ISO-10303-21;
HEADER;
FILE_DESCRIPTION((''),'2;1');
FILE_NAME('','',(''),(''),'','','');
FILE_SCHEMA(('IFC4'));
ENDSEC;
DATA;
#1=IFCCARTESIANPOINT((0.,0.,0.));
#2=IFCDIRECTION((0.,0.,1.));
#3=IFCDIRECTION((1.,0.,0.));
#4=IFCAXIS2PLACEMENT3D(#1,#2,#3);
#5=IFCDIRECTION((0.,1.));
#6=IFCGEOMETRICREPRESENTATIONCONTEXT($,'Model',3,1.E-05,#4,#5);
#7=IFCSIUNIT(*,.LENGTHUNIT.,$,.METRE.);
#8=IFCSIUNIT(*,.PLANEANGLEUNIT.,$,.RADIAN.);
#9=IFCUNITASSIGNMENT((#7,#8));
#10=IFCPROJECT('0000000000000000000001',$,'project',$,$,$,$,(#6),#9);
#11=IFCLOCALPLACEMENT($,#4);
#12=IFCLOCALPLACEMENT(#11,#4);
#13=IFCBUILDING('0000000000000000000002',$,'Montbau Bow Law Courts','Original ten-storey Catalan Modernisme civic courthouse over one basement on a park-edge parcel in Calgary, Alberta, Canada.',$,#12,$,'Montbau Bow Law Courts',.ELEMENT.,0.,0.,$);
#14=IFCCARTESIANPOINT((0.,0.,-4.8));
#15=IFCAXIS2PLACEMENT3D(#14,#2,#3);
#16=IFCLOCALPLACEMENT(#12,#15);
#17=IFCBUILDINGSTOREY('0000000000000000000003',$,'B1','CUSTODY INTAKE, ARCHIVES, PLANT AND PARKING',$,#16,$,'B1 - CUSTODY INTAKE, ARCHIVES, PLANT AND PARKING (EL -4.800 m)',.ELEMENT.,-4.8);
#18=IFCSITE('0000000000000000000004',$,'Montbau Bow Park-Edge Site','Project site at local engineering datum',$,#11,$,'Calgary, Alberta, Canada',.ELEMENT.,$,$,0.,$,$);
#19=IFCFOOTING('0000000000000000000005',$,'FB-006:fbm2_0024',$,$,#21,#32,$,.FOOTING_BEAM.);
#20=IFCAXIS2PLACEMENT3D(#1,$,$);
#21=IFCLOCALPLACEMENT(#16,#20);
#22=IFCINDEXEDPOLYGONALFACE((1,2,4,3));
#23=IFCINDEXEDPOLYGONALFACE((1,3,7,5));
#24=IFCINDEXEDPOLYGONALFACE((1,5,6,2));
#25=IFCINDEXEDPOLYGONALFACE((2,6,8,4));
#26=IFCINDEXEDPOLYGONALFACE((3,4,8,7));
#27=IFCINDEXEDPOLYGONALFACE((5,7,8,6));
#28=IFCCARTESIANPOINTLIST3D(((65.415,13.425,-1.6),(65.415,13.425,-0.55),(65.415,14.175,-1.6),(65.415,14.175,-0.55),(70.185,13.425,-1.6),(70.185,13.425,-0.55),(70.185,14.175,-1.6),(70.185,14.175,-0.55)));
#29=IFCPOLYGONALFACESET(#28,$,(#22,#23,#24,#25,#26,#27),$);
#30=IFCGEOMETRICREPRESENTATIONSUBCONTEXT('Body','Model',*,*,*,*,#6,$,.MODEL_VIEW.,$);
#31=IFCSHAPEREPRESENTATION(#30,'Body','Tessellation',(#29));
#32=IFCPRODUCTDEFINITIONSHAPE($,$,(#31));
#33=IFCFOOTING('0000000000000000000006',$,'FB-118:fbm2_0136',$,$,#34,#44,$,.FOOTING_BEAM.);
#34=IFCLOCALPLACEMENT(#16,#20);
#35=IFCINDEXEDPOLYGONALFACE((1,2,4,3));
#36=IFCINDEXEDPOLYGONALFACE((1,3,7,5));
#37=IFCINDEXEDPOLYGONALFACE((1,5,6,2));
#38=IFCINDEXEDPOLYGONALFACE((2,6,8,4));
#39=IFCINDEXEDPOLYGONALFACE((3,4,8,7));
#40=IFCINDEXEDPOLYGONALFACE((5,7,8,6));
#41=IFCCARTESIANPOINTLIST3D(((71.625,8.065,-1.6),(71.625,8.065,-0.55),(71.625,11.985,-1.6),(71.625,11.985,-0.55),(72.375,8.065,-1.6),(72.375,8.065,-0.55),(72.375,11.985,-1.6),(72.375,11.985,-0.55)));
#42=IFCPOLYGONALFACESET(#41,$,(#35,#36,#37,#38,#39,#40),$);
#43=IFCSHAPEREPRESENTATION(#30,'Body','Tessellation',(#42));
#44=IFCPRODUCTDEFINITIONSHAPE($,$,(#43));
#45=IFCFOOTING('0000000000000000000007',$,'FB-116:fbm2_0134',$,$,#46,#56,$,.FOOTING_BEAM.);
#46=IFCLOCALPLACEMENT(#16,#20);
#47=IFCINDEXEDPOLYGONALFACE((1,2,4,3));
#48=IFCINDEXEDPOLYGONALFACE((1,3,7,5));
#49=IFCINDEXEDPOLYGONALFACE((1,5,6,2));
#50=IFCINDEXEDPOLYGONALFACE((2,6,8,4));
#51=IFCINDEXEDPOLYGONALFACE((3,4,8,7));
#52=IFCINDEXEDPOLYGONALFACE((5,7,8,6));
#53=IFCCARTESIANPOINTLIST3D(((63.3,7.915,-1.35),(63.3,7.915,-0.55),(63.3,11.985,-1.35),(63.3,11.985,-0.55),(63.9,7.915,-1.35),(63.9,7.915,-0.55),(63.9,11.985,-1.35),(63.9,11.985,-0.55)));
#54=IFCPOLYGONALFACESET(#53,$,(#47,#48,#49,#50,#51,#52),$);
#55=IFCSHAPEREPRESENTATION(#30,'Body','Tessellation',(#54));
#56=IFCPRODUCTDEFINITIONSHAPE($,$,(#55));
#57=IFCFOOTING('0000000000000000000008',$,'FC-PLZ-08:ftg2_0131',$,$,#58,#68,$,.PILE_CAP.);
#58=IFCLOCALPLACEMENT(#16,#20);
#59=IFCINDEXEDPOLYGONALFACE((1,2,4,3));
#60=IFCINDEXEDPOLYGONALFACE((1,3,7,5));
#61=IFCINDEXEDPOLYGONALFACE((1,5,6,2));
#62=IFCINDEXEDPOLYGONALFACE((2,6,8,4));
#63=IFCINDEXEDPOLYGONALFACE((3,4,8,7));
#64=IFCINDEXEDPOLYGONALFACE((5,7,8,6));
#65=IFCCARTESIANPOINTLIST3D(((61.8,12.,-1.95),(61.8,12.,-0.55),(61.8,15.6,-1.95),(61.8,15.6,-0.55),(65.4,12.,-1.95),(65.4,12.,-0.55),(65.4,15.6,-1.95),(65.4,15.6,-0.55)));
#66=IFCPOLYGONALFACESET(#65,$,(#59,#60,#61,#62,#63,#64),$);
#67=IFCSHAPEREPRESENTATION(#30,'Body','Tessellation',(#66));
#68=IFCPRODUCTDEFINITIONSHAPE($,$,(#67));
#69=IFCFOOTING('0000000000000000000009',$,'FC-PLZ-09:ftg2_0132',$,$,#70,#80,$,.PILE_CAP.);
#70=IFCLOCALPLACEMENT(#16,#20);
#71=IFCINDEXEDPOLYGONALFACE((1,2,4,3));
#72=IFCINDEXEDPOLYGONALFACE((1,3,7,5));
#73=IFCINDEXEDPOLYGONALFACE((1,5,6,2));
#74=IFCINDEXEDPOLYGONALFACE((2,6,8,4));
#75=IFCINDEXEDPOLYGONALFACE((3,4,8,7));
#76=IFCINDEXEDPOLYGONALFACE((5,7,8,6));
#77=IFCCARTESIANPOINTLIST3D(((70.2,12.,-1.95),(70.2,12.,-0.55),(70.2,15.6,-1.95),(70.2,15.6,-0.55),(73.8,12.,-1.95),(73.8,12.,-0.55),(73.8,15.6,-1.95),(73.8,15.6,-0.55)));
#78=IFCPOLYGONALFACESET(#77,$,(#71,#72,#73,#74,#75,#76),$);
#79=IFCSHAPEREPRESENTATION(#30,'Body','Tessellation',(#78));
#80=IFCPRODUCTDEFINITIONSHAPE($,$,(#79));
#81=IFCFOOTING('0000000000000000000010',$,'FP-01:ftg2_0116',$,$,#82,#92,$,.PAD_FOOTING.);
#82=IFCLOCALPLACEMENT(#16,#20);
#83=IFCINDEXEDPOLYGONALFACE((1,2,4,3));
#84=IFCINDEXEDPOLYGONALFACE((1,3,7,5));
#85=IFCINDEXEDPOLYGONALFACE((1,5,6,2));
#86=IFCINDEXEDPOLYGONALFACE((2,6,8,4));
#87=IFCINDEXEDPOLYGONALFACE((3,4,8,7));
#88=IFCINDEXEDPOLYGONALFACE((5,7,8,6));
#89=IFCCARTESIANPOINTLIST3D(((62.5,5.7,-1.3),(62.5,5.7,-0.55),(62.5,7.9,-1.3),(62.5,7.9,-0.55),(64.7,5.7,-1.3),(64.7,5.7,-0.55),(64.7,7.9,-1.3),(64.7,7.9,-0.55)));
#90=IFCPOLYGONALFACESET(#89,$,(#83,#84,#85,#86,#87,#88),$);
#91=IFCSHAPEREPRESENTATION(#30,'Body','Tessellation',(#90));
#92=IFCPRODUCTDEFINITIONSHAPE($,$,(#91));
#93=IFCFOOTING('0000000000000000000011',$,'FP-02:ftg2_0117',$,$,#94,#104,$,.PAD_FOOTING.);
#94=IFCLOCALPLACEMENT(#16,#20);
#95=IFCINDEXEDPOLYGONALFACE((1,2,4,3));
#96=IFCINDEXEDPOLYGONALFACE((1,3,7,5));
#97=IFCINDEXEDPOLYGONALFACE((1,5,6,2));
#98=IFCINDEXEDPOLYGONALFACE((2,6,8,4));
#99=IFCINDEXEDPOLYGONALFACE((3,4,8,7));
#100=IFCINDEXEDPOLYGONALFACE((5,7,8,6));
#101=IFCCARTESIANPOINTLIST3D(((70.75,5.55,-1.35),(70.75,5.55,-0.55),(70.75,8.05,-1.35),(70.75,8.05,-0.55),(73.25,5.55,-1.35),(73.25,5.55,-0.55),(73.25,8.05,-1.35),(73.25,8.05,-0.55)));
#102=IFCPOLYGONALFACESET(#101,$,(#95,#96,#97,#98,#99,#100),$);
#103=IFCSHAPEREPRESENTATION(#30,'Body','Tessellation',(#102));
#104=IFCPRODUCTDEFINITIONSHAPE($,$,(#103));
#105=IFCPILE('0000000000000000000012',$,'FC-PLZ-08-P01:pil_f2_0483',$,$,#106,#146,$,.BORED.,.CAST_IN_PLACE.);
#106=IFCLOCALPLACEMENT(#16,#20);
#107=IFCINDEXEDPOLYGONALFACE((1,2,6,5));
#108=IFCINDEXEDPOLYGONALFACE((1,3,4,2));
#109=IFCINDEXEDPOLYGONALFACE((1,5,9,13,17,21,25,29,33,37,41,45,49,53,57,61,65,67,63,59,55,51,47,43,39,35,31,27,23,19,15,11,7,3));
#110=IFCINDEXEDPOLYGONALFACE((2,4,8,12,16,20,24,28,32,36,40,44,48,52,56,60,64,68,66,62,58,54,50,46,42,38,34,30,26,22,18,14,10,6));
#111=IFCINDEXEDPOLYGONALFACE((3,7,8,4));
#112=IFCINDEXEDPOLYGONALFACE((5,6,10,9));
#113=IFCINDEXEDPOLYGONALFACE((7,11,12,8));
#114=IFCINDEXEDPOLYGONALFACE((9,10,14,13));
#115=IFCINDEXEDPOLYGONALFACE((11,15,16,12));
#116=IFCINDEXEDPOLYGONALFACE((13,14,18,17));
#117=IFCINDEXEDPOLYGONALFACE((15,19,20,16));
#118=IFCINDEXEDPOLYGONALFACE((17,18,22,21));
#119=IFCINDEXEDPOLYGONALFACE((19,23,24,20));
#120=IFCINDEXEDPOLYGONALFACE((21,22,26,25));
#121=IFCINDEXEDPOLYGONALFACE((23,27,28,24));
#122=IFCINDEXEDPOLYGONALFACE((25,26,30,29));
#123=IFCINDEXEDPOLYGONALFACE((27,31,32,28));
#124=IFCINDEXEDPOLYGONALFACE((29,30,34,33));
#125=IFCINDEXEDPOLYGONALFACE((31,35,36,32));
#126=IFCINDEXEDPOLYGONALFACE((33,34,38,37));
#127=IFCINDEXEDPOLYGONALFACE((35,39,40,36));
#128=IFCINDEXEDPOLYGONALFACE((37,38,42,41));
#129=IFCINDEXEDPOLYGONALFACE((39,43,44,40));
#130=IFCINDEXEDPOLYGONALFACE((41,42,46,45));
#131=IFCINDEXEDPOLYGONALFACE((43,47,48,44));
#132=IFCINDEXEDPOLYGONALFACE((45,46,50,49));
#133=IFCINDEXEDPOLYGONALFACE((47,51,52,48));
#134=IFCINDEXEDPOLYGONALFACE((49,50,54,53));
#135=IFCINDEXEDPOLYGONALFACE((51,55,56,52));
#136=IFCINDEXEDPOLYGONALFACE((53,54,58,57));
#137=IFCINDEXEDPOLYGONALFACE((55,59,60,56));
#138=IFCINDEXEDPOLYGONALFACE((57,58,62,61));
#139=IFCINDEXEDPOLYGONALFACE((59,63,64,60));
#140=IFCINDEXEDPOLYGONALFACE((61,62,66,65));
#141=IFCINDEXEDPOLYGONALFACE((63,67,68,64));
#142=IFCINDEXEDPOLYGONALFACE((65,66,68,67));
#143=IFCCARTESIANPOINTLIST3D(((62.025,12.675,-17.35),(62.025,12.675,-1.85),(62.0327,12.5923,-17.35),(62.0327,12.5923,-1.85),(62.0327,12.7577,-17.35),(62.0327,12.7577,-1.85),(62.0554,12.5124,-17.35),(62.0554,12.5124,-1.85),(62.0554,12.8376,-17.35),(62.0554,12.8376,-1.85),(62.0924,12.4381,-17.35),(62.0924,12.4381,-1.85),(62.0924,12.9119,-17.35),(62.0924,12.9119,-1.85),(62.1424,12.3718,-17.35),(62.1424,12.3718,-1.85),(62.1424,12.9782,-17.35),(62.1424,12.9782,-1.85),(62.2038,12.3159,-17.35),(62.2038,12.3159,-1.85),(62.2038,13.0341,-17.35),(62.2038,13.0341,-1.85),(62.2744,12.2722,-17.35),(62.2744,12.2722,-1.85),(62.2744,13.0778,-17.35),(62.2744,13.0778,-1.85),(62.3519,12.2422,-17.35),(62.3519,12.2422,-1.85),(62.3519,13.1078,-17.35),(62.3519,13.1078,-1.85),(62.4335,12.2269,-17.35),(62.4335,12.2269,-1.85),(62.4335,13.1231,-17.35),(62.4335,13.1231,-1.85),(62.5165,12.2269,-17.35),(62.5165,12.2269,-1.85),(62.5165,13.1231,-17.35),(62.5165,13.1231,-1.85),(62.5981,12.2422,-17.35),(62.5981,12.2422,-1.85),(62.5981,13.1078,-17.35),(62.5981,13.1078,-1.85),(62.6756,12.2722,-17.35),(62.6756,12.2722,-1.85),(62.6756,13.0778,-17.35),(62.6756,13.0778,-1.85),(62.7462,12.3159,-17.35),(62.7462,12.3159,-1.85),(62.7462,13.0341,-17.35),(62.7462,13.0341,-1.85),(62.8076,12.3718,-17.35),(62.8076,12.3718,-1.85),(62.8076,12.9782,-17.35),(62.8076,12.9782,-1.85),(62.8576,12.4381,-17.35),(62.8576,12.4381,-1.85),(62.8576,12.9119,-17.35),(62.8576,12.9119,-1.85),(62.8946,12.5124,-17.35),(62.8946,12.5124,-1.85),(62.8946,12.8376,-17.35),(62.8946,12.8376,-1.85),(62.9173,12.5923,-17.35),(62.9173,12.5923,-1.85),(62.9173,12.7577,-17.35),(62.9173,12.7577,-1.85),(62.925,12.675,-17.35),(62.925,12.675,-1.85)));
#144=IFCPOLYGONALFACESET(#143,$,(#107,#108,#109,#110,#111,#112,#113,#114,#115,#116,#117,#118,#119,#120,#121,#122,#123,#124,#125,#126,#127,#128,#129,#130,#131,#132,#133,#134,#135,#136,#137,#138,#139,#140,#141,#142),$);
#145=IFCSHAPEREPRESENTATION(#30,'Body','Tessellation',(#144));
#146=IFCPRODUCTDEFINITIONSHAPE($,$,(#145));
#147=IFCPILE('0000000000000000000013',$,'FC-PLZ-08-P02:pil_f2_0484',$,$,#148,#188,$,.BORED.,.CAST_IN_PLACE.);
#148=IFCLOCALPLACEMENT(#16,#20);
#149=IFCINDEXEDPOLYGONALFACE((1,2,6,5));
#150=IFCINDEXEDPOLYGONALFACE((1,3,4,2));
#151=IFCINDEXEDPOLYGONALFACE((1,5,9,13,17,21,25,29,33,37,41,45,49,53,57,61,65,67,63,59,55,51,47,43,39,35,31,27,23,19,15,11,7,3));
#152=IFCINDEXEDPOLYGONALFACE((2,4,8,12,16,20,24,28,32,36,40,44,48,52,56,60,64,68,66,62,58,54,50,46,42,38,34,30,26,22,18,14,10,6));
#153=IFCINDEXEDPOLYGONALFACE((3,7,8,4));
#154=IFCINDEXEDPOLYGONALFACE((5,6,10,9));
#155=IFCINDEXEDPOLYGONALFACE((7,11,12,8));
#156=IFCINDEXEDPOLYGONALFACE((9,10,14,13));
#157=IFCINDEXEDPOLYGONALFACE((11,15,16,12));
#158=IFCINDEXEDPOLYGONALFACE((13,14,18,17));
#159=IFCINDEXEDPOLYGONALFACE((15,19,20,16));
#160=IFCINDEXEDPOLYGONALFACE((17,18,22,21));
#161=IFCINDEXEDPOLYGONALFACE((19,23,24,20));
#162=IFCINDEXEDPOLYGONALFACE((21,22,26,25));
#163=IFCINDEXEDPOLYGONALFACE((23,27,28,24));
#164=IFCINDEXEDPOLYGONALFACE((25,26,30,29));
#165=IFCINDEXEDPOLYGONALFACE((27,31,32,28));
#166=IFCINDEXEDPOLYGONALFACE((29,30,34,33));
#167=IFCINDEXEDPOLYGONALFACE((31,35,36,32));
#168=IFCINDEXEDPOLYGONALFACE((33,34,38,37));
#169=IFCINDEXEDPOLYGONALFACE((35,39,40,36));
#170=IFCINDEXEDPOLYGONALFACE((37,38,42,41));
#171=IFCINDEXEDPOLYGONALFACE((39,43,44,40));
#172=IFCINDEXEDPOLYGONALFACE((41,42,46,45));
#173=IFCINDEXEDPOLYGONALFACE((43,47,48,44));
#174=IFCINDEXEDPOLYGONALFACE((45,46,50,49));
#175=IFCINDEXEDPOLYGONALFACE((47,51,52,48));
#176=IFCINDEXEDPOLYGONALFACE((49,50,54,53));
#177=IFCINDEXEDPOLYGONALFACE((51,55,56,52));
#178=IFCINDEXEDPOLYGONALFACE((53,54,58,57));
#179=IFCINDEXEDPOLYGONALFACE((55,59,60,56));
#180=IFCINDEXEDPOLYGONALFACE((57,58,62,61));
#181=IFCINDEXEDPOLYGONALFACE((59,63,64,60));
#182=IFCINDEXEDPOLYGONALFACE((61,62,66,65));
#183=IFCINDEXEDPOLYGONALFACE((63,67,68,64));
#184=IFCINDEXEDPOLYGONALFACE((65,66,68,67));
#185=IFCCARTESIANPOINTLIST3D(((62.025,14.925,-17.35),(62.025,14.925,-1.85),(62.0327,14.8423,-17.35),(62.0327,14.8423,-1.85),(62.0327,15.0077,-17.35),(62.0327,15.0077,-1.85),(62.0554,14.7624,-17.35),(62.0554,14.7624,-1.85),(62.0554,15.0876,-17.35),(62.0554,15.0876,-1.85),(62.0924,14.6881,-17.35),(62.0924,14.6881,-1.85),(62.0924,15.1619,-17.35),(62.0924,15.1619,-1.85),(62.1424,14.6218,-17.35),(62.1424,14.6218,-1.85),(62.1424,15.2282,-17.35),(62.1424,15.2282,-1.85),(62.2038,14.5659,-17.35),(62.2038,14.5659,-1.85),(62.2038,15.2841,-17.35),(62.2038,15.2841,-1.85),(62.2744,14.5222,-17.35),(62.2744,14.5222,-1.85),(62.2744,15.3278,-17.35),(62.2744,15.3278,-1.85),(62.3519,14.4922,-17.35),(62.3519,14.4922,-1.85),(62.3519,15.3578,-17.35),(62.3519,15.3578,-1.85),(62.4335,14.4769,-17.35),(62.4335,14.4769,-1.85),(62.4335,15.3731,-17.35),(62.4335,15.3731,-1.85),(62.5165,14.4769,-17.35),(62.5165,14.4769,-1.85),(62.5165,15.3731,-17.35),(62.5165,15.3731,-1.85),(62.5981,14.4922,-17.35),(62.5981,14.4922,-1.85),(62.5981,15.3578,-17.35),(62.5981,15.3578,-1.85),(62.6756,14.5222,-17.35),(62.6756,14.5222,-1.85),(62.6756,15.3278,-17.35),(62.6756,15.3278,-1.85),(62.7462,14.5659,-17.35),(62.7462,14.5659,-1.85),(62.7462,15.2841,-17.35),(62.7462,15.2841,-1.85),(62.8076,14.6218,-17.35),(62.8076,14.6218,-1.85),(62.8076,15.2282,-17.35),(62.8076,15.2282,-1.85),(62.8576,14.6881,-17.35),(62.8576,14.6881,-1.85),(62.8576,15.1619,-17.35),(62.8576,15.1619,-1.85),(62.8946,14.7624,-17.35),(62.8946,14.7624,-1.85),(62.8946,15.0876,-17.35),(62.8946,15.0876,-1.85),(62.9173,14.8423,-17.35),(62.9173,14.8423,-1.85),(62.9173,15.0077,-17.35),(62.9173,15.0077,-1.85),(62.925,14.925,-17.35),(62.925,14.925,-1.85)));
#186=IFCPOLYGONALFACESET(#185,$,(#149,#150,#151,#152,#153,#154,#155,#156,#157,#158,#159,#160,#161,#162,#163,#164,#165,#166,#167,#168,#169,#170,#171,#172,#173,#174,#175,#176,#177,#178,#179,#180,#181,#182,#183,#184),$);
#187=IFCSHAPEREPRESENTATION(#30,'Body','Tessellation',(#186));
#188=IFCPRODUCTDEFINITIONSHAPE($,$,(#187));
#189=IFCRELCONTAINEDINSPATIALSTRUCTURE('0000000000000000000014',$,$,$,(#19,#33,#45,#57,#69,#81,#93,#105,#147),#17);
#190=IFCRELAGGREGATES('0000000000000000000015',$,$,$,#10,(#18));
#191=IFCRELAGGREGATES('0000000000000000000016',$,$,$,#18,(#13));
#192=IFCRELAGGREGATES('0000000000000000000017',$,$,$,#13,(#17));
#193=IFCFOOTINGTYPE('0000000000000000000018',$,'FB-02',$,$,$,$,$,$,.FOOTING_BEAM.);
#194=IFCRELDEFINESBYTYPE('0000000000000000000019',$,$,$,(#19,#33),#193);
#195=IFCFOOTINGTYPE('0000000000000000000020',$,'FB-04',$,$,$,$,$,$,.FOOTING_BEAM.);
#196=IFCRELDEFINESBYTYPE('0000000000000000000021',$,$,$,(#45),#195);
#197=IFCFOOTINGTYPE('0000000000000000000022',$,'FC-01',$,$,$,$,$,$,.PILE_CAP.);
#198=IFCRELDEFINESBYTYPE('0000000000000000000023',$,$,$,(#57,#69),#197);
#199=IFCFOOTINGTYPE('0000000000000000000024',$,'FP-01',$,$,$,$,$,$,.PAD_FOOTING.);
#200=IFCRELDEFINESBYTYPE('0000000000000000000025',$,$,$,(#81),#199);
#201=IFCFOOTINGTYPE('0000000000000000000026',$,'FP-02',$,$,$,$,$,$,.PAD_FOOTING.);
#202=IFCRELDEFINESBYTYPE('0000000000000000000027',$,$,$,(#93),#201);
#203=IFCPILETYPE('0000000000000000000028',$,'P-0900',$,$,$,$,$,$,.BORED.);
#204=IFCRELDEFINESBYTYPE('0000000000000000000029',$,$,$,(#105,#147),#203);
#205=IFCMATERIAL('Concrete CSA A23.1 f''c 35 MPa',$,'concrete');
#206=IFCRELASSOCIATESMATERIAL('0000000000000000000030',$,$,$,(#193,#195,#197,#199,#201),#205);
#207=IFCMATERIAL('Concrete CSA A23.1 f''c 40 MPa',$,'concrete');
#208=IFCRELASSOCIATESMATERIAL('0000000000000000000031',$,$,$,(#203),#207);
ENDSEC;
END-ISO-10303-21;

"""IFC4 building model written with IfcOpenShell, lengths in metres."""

from ifc_helpers import new_model, si_unit, direction, frame, origin_with_axes, origin_2d_with_axis, place, context, subcontext, project, spatial, rectangle, circle, extrude, material, material_profile, profile_set, type_object, element, save


model = new_model("IFC4")

# Units and contexts
model_context = context("Model", 3, precision=1e-05, world=origin_with_axes(), true_north=direction((0.0, 1.0)))
body_context = subcontext(model_context, "Body", "Model", "MODEL_VIEW")
ifc_project = project(units=[si_unit("LENGTHUNIT", "METRE"), si_unit("PLANEANGLEUNIT", "RADIAN")], contexts=[model_context])

# Site, building, storey
site_placement = place(None, origin_with_axes())
site = spatial("IfcSite", under=ifc_project, at=site_placement, Name="Montbau Bow Park-Edge Site", Description="Project site at local engineering datum", LongName="Calgary, Alberta, Canada", CompositionType="ELEMENT", RefElevation=0.0)
building_placement = place(site_placement, origin_with_axes())
building = spatial("IfcBuilding", under=site, at=building_placement, Name="Montbau Bow Law Courts", Description="Original ten-storey Catalan Modernisme civic courthouse over one basement on a park-edge parcel in Calgary, Alberta, Canada.", LongName="Montbau Bow Law Courts", CompositionType="ELEMENT", ElevationOfRefHeight=0.0, ElevationOfTerrain=0.0)
storey_placement = place(building_placement, frame((0.0, 0.0, -4.8), z_axis=(0.0, 0.0, 1.0), x_axis=(1.0, 0.0, 0.0)))
storey = spatial("IfcBuildingStorey", under=building, at=storey_placement, Name="B1", Description="CUSTODY INTAKE, ARCHIVES, PLANT AND PARKING", LongName="B1 - CUSTODY INTAKE, ARCHIVES, PLANT AND PARKING (EL -4.800 m)", CompositionType="ELEMENT", Elevation=-4.8)

# Footings
ifc_material_1 = material(Name="Concrete CSA A23.1 f'c 35 MPa", Category="concrete")
footing_type_1 = type_object("IfcFootingType", Name="FB-02", PredefinedType="FOOTING_BEAM", material=ifc_material_1)
footing_1_placement = place(None, frame((67.8, 13.8, -6.4), z_axis=(0.0, 0.0, 1.0), x_axis=(1.0, 0.0, 0.0)))
element("IfcFooting", 1, at=footing_1_placement, inside=storey, type_object=footing_type_1, Name="FB-006:fbm2_0024", PredefinedType="FOOTING_BEAM", context=body_context, shape_type="SweptSolid", body=[
    extrude(rectangle(XDim=4.77, YDim=0.75, at=origin_2d_with_axis()), origin_with_axes(), (0.0, 0.0, 1.0), 1.05),
])
footing_2_placement = place(None, frame((72.0, 10.025, -6.4), z_axis=(0.0, 0.0, 1.0), x_axis=(0.0, 1.0, 0.0)))
element("IfcFooting", 2, at=footing_2_placement, inside=storey, type_object=footing_type_1, Name="FB-118:fbm2_0136", PredefinedType="FOOTING_BEAM", context=body_context, shape_type="SweptSolid", body=[
    extrude(rectangle(XDim=3.92, YDim=0.75, at=origin_2d_with_axis()), origin_with_axes(), (0.0, 0.0, 1.0), 1.05),
])
footing_type_2 = type_object("IfcFootingType", Name="FB-04", PredefinedType="FOOTING_BEAM", material=ifc_material_1)
footing_3_placement = place(None, frame((63.6, 9.95, -6.15), z_axis=(0.0, 0.0, 1.0), x_axis=(0.0, 1.0, 0.0)))
element("IfcFooting", 3, at=footing_3_placement, inside=storey, type_object=footing_type_2, Name="FB-116:fbm2_0134", PredefinedType="FOOTING_BEAM", context=body_context, shape_type="SweptSolid", body=[
    extrude(rectangle(XDim=4.07, YDim=0.6, at=origin_2d_with_axis()), origin_with_axes(), (0.0, 0.0, 1.0), 0.8),
])
footing_type_3 = type_object("IfcFootingType", Name="FC-01", PredefinedType="PILE_CAP", material=ifc_material_1)
for number, where, z_axis, x_axis, name in (
    (4, (63.6, 13.8, -6.75), (0.0, 0.0, 1.0), (1.0, 0.0, 0.0), "FC-PLZ-08:ftg2_0131"),
    (5, (72.0, 13.8, -6.75), (0.0, 0.0, 1.0), (1.0, 0.0, 0.0), "FC-PLZ-09:ftg2_0132"),
):
    element("IfcFooting", number, at=place(None, frame(where, z_axis=z_axis, x_axis=x_axis)), inside=storey, type_object=footing_type_3, Name=name, PredefinedType="PILE_CAP", context=body_context, shape_type="SweptSolid", body=[
        extrude(rectangle(XDim=3.6, YDim=3.6, at=origin_2d_with_axis()), origin_with_axes(), (0.0, 0.0, 1.0), 1.4),
    ])
footing_type_4 = type_object("IfcFootingType", Name="FP-01", PredefinedType="PAD_FOOTING", material=ifc_material_1)
footing_4_placement = place(None, frame((63.6, 6.8, -6.1), z_axis=(0.0, 0.0, 1.0), x_axis=(1.0, 0.0, 0.0)))
element("IfcFooting", 6, at=footing_4_placement, inside=storey, type_object=footing_type_4, Name="FP-01:ftg2_0116", PredefinedType="PAD_FOOTING", context=body_context, shape_type="SweptSolid", body=[
    extrude(rectangle(XDim=2.2, YDim=2.2, at=origin_2d_with_axis()), origin_with_axes(), (0.0, 0.0, 1.0), 0.75),
])
footing_type_5 = type_object("IfcFootingType", Name="FP-02", PredefinedType="PAD_FOOTING", material=ifc_material_1)
footing_5_placement = place(None, frame((72.0, 6.8, -6.15), z_axis=(0.0, 0.0, 1.0), x_axis=(1.0, 0.0, 0.0)))
element("IfcFooting", 7, at=footing_5_placement, inside=storey, type_object=footing_type_5, Name="FP-02:ftg2_0117", PredefinedType="PAD_FOOTING", context=body_context, shape_type="SweptSolid", body=[
    extrude(rectangle(XDim=2.5, YDim=2.5, at=origin_2d_with_axis()), origin_with_axes(), (0.0, 0.0, 1.0), 0.8),
])

# Piles
ifc_material_2 = material(Name="Concrete CSA A23.1 f'c 40 MPa", Category="concrete")
ifc_material_profile_1 = material_profile(ifc_material_2, circle(Radius=0.45, at=origin_2d_with_axis()), Name="BP900", Category="Main", Priority=0)
ifc_profile_set_1 = profile_set([ifc_material_profile_1], Name="Concrete CSA A23.1 f'c 40 MPa")
pile_type_1 = type_object("IfcPileType", Name="P-0900", PredefinedType="BORED", material=ifc_profile_set_1)
for number, where, z_axis, x_axis, name in (
    (8, (62.475, 12.675, -22.15), (0.0, 0.0, 1.0), (1.0, 0.0, 0.0), "FC-PLZ-08-P01:pil_f2_0483"),
    (9, (62.475, 14.925, -22.15), (0.0, 0.0, 1.0), (1.0, 0.0, 0.0), "FC-PLZ-08-P02:pil_f2_0484"),
):
    element("IfcPile", number, at=place(None, frame(where, z_axis=z_axis, x_axis=x_axis)), inside=storey, type_object=pile_type_1, Name=name, ConstructionType="CAST_IN_PLACE", PredefinedType="BORED", context=body_context, shape_type="SweptSolid", body=[
        extrude(circle(Radius=0.45, at=origin_2d_with_axis()), origin_with_axes(), (0.0, 0.0, 1.0), 15.5),
    ])

save(model, "model.ifc")
